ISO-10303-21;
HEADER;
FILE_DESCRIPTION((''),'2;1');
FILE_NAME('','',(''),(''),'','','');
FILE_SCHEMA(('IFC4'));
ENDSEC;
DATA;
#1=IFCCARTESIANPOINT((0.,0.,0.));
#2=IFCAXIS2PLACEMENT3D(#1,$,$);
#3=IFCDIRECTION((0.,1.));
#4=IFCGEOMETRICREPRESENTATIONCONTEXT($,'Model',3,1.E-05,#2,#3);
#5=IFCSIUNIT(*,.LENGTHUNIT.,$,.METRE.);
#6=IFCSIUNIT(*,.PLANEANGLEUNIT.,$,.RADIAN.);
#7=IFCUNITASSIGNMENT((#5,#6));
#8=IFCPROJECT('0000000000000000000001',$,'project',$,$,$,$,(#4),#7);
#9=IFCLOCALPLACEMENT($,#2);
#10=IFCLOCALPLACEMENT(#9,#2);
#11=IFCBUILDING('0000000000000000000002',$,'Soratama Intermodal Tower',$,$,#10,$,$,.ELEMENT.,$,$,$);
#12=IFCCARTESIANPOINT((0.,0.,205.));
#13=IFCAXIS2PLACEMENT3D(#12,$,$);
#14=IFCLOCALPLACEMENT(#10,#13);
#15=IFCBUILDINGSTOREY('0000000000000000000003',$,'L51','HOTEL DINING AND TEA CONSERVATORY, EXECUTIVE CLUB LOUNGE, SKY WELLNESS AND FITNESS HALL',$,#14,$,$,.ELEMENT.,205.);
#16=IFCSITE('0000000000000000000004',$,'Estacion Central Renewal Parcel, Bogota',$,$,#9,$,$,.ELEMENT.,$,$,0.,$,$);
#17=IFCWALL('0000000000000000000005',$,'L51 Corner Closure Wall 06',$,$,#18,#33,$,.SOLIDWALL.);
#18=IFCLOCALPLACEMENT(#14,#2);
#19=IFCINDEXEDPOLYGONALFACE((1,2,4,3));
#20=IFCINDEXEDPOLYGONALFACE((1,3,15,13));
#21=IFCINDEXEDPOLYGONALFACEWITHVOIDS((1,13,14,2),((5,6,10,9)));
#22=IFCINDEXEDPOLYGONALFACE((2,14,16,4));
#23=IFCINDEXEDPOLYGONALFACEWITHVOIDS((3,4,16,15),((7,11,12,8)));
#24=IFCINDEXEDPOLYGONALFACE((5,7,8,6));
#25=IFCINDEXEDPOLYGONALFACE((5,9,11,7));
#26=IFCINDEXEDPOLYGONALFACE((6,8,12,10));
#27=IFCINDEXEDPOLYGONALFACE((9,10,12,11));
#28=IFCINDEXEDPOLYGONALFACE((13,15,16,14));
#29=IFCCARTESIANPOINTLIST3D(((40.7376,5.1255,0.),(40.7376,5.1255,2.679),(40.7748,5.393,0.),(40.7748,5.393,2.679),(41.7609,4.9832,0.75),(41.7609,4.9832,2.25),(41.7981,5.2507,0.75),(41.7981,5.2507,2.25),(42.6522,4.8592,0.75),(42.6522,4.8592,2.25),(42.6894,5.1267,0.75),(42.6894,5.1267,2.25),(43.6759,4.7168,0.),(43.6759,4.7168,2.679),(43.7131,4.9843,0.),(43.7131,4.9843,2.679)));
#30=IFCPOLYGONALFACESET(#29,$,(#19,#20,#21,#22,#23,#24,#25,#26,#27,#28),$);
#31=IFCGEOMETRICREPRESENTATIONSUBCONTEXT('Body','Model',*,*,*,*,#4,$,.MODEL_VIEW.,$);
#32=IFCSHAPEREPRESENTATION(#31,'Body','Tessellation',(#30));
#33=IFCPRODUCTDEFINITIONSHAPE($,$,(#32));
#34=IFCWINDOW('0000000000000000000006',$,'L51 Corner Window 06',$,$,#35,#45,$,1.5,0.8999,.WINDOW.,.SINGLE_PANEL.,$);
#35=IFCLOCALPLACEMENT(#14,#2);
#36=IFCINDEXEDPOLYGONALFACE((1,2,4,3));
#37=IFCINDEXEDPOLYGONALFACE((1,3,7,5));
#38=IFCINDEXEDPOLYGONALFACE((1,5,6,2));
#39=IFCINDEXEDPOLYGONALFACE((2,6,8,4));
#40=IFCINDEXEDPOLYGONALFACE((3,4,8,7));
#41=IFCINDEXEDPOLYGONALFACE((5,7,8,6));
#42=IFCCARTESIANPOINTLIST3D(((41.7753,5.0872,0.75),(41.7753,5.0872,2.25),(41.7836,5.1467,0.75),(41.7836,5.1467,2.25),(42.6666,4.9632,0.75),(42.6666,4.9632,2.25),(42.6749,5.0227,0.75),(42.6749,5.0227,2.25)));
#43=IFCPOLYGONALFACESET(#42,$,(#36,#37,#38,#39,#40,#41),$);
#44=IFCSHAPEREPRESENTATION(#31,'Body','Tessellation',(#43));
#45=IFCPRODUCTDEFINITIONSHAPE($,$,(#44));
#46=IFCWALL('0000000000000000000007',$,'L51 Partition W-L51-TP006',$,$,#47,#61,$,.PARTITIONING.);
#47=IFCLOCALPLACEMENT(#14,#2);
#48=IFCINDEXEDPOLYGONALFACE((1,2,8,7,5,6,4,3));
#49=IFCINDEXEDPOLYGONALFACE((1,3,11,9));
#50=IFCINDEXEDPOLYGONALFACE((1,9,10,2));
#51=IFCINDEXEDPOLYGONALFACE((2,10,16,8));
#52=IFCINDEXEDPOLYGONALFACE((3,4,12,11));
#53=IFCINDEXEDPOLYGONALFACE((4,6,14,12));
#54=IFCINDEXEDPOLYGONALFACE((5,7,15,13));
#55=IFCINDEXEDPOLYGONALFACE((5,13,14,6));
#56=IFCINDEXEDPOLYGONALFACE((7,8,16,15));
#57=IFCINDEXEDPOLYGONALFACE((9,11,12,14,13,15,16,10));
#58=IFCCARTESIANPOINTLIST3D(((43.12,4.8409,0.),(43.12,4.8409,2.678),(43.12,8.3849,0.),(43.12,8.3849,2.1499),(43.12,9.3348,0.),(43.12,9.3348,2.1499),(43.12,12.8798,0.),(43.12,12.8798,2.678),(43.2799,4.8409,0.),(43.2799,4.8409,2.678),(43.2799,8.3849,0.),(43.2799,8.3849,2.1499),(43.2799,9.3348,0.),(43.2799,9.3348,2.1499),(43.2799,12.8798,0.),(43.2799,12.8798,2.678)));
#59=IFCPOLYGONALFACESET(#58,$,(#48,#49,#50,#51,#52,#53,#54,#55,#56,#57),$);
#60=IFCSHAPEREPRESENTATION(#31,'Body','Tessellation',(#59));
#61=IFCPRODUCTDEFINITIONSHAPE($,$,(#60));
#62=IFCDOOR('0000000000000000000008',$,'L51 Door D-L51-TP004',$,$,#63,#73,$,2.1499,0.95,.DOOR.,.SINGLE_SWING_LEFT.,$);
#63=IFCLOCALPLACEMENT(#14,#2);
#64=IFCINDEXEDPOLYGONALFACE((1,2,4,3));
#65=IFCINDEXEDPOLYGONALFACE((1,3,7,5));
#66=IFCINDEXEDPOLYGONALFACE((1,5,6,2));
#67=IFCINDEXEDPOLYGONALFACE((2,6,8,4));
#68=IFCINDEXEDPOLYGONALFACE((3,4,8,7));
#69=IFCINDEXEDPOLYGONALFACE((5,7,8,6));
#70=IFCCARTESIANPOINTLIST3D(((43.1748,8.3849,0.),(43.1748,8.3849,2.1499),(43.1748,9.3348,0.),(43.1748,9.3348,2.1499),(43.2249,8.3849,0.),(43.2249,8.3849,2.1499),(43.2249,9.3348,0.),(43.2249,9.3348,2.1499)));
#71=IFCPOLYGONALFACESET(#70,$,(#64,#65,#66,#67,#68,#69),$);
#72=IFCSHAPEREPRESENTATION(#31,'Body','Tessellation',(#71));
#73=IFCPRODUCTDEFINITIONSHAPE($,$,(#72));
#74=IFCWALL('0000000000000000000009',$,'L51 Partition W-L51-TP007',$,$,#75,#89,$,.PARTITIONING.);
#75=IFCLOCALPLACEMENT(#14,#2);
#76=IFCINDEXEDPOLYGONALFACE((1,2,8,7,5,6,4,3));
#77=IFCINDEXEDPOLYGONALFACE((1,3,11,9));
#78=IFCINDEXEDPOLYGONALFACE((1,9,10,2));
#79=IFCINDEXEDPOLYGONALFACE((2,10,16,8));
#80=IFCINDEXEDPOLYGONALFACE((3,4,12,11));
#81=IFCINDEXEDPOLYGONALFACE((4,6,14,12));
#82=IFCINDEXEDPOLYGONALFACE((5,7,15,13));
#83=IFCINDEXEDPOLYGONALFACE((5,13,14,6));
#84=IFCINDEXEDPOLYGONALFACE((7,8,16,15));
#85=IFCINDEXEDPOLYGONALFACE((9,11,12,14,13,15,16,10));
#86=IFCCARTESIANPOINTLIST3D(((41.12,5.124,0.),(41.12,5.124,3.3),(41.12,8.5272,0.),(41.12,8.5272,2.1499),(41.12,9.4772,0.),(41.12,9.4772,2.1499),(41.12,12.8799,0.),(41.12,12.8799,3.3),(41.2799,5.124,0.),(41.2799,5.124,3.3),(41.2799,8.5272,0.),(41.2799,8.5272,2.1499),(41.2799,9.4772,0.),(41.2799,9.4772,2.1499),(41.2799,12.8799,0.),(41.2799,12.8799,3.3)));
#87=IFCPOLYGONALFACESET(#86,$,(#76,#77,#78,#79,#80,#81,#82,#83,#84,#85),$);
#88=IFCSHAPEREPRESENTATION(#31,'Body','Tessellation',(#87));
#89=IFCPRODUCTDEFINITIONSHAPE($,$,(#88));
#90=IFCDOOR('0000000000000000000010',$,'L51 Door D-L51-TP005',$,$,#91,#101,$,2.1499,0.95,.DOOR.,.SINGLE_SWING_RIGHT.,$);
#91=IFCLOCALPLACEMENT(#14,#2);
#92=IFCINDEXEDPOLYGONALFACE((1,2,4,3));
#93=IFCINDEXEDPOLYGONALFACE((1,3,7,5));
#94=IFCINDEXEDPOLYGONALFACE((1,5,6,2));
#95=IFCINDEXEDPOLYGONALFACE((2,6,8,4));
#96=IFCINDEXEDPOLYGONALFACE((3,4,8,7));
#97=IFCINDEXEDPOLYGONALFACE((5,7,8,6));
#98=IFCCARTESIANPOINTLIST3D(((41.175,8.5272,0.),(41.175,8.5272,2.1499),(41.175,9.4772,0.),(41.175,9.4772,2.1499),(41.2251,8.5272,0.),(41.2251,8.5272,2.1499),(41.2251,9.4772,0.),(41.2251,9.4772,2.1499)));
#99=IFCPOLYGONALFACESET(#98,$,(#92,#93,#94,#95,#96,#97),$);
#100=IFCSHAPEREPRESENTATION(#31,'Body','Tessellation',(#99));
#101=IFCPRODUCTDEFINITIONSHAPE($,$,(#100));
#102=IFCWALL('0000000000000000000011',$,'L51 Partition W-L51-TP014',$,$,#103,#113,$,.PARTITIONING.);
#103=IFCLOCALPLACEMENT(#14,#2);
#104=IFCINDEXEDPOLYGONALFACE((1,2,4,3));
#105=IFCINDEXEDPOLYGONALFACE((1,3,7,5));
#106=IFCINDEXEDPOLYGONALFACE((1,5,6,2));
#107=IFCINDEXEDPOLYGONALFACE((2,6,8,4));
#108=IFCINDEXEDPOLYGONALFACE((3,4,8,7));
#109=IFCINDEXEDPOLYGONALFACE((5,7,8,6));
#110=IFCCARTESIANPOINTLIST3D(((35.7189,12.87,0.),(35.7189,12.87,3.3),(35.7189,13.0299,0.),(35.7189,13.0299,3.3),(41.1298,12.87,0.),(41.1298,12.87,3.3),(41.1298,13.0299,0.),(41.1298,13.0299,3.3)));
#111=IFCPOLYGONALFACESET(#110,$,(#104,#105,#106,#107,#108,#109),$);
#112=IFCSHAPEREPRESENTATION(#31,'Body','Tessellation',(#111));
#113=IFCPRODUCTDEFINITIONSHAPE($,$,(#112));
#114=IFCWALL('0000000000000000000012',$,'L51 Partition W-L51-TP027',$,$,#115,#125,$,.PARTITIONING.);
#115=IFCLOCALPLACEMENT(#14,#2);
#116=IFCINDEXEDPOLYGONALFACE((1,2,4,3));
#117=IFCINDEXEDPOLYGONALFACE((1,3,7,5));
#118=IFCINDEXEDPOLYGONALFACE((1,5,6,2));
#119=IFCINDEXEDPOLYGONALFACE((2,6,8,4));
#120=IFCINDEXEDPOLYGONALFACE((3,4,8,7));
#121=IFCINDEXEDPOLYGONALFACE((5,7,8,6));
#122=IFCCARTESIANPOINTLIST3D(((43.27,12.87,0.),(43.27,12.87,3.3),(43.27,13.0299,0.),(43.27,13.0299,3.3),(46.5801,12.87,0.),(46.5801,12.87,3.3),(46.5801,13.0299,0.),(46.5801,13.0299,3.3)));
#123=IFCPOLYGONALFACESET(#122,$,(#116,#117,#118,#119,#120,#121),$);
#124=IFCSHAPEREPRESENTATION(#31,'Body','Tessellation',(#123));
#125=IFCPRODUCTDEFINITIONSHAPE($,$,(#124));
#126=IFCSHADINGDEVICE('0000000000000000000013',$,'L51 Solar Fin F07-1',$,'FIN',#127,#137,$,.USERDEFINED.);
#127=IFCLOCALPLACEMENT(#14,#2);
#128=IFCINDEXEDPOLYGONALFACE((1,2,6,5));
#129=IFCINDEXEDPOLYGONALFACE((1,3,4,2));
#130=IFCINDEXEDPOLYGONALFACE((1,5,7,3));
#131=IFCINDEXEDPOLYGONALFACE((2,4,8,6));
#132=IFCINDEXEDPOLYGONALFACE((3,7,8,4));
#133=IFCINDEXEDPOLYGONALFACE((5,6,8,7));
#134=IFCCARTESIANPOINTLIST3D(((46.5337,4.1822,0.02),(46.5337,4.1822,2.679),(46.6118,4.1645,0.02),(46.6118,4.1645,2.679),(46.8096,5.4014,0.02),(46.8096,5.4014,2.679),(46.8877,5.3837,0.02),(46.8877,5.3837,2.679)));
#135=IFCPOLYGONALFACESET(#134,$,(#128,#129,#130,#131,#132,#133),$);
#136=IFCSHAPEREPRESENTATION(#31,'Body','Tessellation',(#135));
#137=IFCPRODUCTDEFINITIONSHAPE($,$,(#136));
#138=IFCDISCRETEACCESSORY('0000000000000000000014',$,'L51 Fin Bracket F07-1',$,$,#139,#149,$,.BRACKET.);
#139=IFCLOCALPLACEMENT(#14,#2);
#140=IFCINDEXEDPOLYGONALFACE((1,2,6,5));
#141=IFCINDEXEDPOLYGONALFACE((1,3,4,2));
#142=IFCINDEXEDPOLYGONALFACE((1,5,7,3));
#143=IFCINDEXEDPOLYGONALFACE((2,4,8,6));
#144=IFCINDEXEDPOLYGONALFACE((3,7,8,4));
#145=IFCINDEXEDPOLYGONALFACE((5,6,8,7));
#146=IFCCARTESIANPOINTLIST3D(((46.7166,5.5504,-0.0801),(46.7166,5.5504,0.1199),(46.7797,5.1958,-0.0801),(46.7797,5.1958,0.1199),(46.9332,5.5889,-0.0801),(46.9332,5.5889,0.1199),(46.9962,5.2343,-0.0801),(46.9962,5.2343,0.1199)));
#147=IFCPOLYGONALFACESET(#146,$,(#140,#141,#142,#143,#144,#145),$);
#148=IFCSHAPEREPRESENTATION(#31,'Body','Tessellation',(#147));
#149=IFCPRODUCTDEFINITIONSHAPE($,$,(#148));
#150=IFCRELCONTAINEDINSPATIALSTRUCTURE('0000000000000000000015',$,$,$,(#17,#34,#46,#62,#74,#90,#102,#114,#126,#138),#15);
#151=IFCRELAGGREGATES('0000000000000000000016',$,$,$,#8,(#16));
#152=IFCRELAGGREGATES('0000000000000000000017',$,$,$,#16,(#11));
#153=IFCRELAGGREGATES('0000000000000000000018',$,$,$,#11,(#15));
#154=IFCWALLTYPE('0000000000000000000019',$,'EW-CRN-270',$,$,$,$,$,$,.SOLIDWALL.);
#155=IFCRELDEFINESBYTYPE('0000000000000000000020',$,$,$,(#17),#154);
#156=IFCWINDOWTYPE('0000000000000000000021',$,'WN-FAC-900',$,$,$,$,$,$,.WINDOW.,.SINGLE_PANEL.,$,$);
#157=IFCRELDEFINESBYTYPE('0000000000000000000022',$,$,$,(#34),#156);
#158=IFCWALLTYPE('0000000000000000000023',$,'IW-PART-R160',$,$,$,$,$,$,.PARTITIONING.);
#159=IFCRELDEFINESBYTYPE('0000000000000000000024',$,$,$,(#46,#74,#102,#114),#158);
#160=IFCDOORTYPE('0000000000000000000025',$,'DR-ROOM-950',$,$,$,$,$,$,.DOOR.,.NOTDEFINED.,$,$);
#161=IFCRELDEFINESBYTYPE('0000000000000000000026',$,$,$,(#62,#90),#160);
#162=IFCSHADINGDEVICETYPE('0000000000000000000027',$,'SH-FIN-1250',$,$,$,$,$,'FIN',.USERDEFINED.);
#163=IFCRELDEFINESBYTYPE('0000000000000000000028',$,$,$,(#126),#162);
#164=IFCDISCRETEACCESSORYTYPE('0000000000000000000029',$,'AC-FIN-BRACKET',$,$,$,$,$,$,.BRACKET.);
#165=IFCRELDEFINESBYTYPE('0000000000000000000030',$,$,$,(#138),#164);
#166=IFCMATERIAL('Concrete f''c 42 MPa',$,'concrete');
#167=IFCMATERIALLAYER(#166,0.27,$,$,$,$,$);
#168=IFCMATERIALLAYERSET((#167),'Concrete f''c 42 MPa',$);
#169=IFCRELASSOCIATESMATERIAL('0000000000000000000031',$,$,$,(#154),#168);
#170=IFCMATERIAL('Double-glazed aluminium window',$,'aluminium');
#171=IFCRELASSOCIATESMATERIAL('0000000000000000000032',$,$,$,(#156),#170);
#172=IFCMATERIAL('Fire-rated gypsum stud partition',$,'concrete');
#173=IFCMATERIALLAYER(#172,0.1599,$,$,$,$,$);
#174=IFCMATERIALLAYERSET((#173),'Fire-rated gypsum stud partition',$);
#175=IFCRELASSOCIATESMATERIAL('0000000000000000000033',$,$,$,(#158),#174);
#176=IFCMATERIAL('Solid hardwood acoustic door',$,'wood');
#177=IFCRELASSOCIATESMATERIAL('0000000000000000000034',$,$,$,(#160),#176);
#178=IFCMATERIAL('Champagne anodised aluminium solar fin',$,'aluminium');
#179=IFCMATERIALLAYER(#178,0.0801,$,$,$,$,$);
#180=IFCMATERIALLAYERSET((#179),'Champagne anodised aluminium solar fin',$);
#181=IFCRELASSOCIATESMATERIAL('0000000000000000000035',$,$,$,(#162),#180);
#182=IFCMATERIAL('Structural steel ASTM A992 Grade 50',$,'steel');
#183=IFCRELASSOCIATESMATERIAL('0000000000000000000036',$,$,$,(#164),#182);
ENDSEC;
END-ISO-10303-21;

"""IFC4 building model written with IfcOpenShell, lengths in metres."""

from ifc_helpers import new_model, si_unit, direction, frame, frame_2d, origin, origin_2d, place, context, subcontext, project, spatial, rectangle, extrude, material, layer, layer_set, type_object, element, fill, save


model = new_model("IFC4")

# Units and contexts
model_context = context("Model", 3, precision=1e-05, world=origin(), true_north=direction((0.0, 1.0)))
body_context = subcontext(model_context, "Body", "Model", "MODEL_VIEW")
ifc_project = project(units=[si_unit("LENGTHUNIT", "METRE"), si_unit("PLANEANGLEUNIT", "RADIAN")], contexts=[model_context])

# Site, building, storey
site_placement = place(None, origin())
site = spatial("IfcSite", under=ifc_project, at=site_placement, Name="Estacion Central Renewal Parcel, Bogota", CompositionType="ELEMENT", RefElevation=0.0)
building_placement = place(site_placement, origin())
building = spatial("IfcBuilding", under=site, at=building_placement, Name="Soratama Intermodal Tower", CompositionType="ELEMENT")
storey_placement = place(building_placement, frame((0.0, 0.0, 205.0)))
storey = spatial("IfcBuildingStorey", under=building, at=storey_placement, Name="L51", Description="HOTEL DINING AND TEA CONSERVATORY, EXECUTIVE CLUB LOUNGE, SKY WELLNESS AND FITNESS HALL", CompositionType="ELEMENT", Elevation=205.0)

# Wall, opening, window
ifc_material_1 = material(Name="Concrete f'c 42 MPa", Category="concrete")
ifc_layer_1 = layer(ifc_material_1, 0.27)
ifc_layer_set_1 = layer_set([ifc_layer_1], Name="Concrete f'c 42 MPa")
wall_type_1 = type_object("IfcWallType", Name="EW-CRN-270", PredefinedType="SOLIDWALL", material=ifc_layer_set_1)
wall_1_placement = place(storey_placement, frame((40.7561, 5.2593, 0.0), z_axis=(0.0, 0.0, 1.0), x_axis=(0.990465, -0.137768, 0.0)))
wall_1 = element("IfcWall", 1, at=wall_1_placement, inside=storey, type_object=wall_type_1, Name="L51 Corner Closure Wall 06", PredefinedType="SOLIDWALL", context=body_context, shape_type="SweptSolid", body=[
    extrude(rectangle(XDim=2.9666, YDim=0.27, at=frame_2d((1.4834, 0.0))), origin(), (0.0, 0.0, 1.0), 2.679),
])
opening_1_placement = place(wall_1_placement, frame((1.0332, 0.0, 0.75)))
opening_1 = element("IfcOpeningElement", 2, at=opening_1_placement, cuts=wall_1, PredefinedType="OPENING", context=body_context, shape_type="SweptSolid", body=[
    extrude(rectangle(XDim=0.8999, YDim=1.5, at=frame_2d((0.45, 0.75))), frame((0.0, 0.145, 0.0), z_axis=(0.0, -1.0, 0.0), x_axis=(1.0, 0.0, 0.0)), (0.0, 0.0, 1.0), 0.29),
])
ifc_material_2 = material(Name="Double-glazed aluminium window", Category="aluminium")
window_type = type_object("IfcWindowType", Name="WN-FAC-900", PartitioningType="SINGLE_PANEL", PredefinedType="WINDOW", material=ifc_material_2)
window_placement = place(opening_1_placement, origin())
window = element("IfcWindow", 3, at=window_placement, inside=storey, type_object=window_type, Name="L51 Corner Window 06", OverallHeight=1.5, OverallWidth=0.8999, PartitioningType="SINGLE_PANEL", PredefinedType="WINDOW", context=body_context, shape_type="SweptSolid", body=[
    extrude(rectangle(XDim=0.8999, YDim=1.5, at=frame_2d((0.45, 0.75))), frame((0.0, 0.03, 0.0), z_axis=(0.0, -1.0, 0.0), x_axis=(1.0, 0.0, 0.0)), (0.0, 0.0, 1.0), 0.0601),
])
fill(opening_1, window)

# Walls, openings, doors
ifc_material_3 = material(Name="Fire-rated gypsum stud partition", Category="concrete")
ifc_layer_2 = layer(ifc_material_3, 0.1599)
ifc_layer_set_2 = layer_set([ifc_layer_2], Name="Fire-rated gypsum stud partition")
wall_type_2 = type_object("IfcWallType", Name="IW-PART-R160", PredefinedType="PARTITIONING", material=ifc_layer_set_2)
wall_2_placement = place(storey_placement, frame((43.2, 12.8799, 0.0), z_axis=(0.0, 0.0, 1.0), x_axis=(0.0, -1.0, 0.0)))
wall_2 = element("IfcWall", 4, at=wall_2_placement, inside=storey, type_object=wall_type_2, Name="L51 Partition W-L51-TP006", PredefinedType="PARTITIONING", context=body_context, shape_type="SweptSolid", body=[
    extrude(rectangle(XDim=8.0388, YDim=0.1599, at=frame_2d((4.0195, 0.0))), origin(), (0.0, 0.0, 1.0), 2.678),
])
opening_2_placement = place(wall_2_placement, frame((3.5449, 0.0, 0.0)))
opening_2 = element("IfcOpeningElement", 5, at=opening_2_placement, cuts=wall_2, PredefinedType="OPENING", context=body_context, shape_type="SweptSolid", body=[
    extrude(rectangle(XDim=0.95, YDim=2.1499, at=frame_2d((0.4751, 1.075))), frame((0.0, 0.0898, 0.0), z_axis=(0.0, -1.0, 0.0), x_axis=(1.0, 0.0, 0.0)), (0.0, 0.0, 1.0), 0.1799),
])
ifc_material_4 = material(Name="Solid hardwood acoustic door", Category="wood")
door_type = type_object("IfcDoorType", Name="DR-ROOM-950", OperationType="NOTDEFINED", PredefinedType="DOOR", material=ifc_material_4)
door_1_placement = place(opening_2_placement, origin())
door_1 = element("IfcDoor", 6, at=door_1_placement, inside=storey, type_object=door_type, Name="L51 Door D-L51-TP004", OperationType="SINGLE_SWING_LEFT", OverallHeight=2.1499, OverallWidth=0.95, PredefinedType="DOOR", context=body_context, shape_type="SweptSolid", body=[
    extrude(rectangle(XDim=0.95, YDim=2.1499, at=frame_2d((0.4751, 1.075))), frame((0.0, 0.0249, 0.0), z_axis=(0.0, -1.0, 0.0), x_axis=(1.0, 0.0, 0.0)), (0.0, 0.0, 1.0), 0.05),
])
fill(opening_2, door_1)
wall_3_placement = place(storey_placement, frame((41.2, 5.124, 0.0), z_axis=(0.0, 0.0, 1.0), x_axis=(0.0, 1.0, 0.0)))
wall_3 = element("IfcWall", 7, at=wall_3_placement, inside=storey, type_object=wall_type_2, Name="L51 Partition W-L51-TP007", PredefinedType="PARTITIONING", context=body_context, shape_type="SweptSolid", body=[
    extrude(rectangle(XDim=7.7559, YDim=0.1599, at=frame_2d((3.8779, 0.0))), origin(), (0.0, 0.0, 1.0), 3.3),
])
opening_3_placement = place(wall_3_placement, frame((3.4031, 0.0, 0.0)))
opening_3 = element("IfcOpeningElement", 8, at=opening_3_placement, cuts=wall_3, PredefinedType="OPENING", context=body_context, shape_type="SweptSolid", body=[
    extrude(rectangle(XDim=0.95, YDim=2.1499, at=frame_2d((0.4751, 1.075))), frame((0.0, 0.0898, 0.0), z_axis=(0.0, -1.0, 0.0), x_axis=(1.0, 0.0, 0.0)), (0.0, 0.0, 1.0), 0.1799),
])
door_2_placement = place(opening_3_placement, origin())
door_2 = element("IfcDoor", 9, at=door_2_placement, inside=storey, type_object=door_type, Name="L51 Door D-L51-TP005", OperationType="SINGLE_SWING_RIGHT", OverallHeight=2.1499, OverallWidth=0.95, PredefinedType="DOOR", context=body_context, shape_type="SweptSolid", body=[
    extrude(rectangle(XDim=0.95, YDim=2.1499, at=frame_2d((0.4751, 1.075))), frame((0.0, 0.0249, 0.0), z_axis=(0.0, -1.0, 0.0), x_axis=(1.0, 0.0, 0.0)), (0.0, 0.0, 1.0), 0.05),
])
fill(opening_3, door_2)

# Walls
wall_4_placement = place(storey_placement, frame((41.1299, 12.95, 0.0), z_axis=(0.0, 0.0, 1.0), x_axis=(-1.0, 0.0, 0.0)))
element("IfcWall", 10, at=wall_4_placement, inside=storey, type_object=wall_type_2, Name="L51 Partition W-L51-TP014", PredefinedType="PARTITIONING", context=body_context, shape_type="SweptSolid", body=[
    extrude(rectangle(XDim=5.4109, YDim=0.1599, at=frame_2d((2.7056, 0.0))), origin(), (0.0, 0.0, 1.0), 3.3),
])
wall_5_placement = place(storey_placement, frame((46.5801, 12.95, 0.0), z_axis=(0.0, 0.0, 1.0), x_axis=(-1.0, 0.0, 0.0)))
element("IfcWall", 11, at=wall_5_placement, inside=storey, type_object=wall_type_2, Name="L51 Partition W-L51-TP027", PredefinedType="PARTITIONING", context=body_context, shape_type="SweptSolid", body=[
    extrude(rectangle(XDim=3.3101, YDim=0.1599, at=frame_2d((1.655, 0.0))), origin(), (0.0, 0.0, 1.0), 3.3),
])

# Shading device
ifc_material_5 = material(Name="Champagne anodised aluminium solar fin", Category="aluminium")
ifc_layer_3 = layer(ifc_material_5, 0.0801)
ifc_layer_set_3 = layer_set([ifc_layer_3], Name="Champagne anodised aluminium solar fin")
shading_device_type = type_object("IfcShadingDeviceType", Name="SH-FIN-1250", ElementType="FIN", PredefinedType="USERDEFINED", material=ifc_layer_set_3)
shading_device_placement = place(storey_placement, frame((46.7107, 4.783, 0.02), z_axis=(0.0, 0.0, 1.0), x_axis=(-0.220697, -0.975342, 0.0)))
element("IfcShadingDevice", 12, at=shading_device_placement, inside=storey, type_object=shading_device_type, Name="L51 Solar Fin F07-1", ObjectType="FIN", PredefinedType="USERDEFINED", context=body_context, shape_type="SweptSolid", body=[
    extrude(rectangle(XDim=1.25, YDim=0.0801, at=origin_2d()), origin(), (0.0, 0.0, 1.0), 2.6589),
])

# Discrete accessory
ifc_material_6 = material(Name="Structural steel ASTM A992 Grade 50", Category="steel")
discrete_accessory_type = type_object("IfcDiscreteAccessoryType", Name="AC-FIN-BRACKET", PredefinedType="BRACKET", material=ifc_material_6)
discrete_accessory_placement = place(storey_placement, frame((46.8564, 5.3923, -0.0801), z_axis=(0.0, 0.0, 1.0), x_axis=(0.175023, -0.984564, 0.0)))
element("IfcDiscreteAccessory", 13, at=discrete_accessory_placement, inside=storey, type_object=discrete_accessory_type, Name="L51 Fin Bracket F07-1", PredefinedType="BRACKET", context=body_context, shape_type="SweptSolid", body=[
    extrude(rectangle(XDim=0.3601, YDim=0.22, at=origin_2d()), origin(), (0.0, 0.0, 1.0), 0.2),
])

save(model, "model.ifc")
